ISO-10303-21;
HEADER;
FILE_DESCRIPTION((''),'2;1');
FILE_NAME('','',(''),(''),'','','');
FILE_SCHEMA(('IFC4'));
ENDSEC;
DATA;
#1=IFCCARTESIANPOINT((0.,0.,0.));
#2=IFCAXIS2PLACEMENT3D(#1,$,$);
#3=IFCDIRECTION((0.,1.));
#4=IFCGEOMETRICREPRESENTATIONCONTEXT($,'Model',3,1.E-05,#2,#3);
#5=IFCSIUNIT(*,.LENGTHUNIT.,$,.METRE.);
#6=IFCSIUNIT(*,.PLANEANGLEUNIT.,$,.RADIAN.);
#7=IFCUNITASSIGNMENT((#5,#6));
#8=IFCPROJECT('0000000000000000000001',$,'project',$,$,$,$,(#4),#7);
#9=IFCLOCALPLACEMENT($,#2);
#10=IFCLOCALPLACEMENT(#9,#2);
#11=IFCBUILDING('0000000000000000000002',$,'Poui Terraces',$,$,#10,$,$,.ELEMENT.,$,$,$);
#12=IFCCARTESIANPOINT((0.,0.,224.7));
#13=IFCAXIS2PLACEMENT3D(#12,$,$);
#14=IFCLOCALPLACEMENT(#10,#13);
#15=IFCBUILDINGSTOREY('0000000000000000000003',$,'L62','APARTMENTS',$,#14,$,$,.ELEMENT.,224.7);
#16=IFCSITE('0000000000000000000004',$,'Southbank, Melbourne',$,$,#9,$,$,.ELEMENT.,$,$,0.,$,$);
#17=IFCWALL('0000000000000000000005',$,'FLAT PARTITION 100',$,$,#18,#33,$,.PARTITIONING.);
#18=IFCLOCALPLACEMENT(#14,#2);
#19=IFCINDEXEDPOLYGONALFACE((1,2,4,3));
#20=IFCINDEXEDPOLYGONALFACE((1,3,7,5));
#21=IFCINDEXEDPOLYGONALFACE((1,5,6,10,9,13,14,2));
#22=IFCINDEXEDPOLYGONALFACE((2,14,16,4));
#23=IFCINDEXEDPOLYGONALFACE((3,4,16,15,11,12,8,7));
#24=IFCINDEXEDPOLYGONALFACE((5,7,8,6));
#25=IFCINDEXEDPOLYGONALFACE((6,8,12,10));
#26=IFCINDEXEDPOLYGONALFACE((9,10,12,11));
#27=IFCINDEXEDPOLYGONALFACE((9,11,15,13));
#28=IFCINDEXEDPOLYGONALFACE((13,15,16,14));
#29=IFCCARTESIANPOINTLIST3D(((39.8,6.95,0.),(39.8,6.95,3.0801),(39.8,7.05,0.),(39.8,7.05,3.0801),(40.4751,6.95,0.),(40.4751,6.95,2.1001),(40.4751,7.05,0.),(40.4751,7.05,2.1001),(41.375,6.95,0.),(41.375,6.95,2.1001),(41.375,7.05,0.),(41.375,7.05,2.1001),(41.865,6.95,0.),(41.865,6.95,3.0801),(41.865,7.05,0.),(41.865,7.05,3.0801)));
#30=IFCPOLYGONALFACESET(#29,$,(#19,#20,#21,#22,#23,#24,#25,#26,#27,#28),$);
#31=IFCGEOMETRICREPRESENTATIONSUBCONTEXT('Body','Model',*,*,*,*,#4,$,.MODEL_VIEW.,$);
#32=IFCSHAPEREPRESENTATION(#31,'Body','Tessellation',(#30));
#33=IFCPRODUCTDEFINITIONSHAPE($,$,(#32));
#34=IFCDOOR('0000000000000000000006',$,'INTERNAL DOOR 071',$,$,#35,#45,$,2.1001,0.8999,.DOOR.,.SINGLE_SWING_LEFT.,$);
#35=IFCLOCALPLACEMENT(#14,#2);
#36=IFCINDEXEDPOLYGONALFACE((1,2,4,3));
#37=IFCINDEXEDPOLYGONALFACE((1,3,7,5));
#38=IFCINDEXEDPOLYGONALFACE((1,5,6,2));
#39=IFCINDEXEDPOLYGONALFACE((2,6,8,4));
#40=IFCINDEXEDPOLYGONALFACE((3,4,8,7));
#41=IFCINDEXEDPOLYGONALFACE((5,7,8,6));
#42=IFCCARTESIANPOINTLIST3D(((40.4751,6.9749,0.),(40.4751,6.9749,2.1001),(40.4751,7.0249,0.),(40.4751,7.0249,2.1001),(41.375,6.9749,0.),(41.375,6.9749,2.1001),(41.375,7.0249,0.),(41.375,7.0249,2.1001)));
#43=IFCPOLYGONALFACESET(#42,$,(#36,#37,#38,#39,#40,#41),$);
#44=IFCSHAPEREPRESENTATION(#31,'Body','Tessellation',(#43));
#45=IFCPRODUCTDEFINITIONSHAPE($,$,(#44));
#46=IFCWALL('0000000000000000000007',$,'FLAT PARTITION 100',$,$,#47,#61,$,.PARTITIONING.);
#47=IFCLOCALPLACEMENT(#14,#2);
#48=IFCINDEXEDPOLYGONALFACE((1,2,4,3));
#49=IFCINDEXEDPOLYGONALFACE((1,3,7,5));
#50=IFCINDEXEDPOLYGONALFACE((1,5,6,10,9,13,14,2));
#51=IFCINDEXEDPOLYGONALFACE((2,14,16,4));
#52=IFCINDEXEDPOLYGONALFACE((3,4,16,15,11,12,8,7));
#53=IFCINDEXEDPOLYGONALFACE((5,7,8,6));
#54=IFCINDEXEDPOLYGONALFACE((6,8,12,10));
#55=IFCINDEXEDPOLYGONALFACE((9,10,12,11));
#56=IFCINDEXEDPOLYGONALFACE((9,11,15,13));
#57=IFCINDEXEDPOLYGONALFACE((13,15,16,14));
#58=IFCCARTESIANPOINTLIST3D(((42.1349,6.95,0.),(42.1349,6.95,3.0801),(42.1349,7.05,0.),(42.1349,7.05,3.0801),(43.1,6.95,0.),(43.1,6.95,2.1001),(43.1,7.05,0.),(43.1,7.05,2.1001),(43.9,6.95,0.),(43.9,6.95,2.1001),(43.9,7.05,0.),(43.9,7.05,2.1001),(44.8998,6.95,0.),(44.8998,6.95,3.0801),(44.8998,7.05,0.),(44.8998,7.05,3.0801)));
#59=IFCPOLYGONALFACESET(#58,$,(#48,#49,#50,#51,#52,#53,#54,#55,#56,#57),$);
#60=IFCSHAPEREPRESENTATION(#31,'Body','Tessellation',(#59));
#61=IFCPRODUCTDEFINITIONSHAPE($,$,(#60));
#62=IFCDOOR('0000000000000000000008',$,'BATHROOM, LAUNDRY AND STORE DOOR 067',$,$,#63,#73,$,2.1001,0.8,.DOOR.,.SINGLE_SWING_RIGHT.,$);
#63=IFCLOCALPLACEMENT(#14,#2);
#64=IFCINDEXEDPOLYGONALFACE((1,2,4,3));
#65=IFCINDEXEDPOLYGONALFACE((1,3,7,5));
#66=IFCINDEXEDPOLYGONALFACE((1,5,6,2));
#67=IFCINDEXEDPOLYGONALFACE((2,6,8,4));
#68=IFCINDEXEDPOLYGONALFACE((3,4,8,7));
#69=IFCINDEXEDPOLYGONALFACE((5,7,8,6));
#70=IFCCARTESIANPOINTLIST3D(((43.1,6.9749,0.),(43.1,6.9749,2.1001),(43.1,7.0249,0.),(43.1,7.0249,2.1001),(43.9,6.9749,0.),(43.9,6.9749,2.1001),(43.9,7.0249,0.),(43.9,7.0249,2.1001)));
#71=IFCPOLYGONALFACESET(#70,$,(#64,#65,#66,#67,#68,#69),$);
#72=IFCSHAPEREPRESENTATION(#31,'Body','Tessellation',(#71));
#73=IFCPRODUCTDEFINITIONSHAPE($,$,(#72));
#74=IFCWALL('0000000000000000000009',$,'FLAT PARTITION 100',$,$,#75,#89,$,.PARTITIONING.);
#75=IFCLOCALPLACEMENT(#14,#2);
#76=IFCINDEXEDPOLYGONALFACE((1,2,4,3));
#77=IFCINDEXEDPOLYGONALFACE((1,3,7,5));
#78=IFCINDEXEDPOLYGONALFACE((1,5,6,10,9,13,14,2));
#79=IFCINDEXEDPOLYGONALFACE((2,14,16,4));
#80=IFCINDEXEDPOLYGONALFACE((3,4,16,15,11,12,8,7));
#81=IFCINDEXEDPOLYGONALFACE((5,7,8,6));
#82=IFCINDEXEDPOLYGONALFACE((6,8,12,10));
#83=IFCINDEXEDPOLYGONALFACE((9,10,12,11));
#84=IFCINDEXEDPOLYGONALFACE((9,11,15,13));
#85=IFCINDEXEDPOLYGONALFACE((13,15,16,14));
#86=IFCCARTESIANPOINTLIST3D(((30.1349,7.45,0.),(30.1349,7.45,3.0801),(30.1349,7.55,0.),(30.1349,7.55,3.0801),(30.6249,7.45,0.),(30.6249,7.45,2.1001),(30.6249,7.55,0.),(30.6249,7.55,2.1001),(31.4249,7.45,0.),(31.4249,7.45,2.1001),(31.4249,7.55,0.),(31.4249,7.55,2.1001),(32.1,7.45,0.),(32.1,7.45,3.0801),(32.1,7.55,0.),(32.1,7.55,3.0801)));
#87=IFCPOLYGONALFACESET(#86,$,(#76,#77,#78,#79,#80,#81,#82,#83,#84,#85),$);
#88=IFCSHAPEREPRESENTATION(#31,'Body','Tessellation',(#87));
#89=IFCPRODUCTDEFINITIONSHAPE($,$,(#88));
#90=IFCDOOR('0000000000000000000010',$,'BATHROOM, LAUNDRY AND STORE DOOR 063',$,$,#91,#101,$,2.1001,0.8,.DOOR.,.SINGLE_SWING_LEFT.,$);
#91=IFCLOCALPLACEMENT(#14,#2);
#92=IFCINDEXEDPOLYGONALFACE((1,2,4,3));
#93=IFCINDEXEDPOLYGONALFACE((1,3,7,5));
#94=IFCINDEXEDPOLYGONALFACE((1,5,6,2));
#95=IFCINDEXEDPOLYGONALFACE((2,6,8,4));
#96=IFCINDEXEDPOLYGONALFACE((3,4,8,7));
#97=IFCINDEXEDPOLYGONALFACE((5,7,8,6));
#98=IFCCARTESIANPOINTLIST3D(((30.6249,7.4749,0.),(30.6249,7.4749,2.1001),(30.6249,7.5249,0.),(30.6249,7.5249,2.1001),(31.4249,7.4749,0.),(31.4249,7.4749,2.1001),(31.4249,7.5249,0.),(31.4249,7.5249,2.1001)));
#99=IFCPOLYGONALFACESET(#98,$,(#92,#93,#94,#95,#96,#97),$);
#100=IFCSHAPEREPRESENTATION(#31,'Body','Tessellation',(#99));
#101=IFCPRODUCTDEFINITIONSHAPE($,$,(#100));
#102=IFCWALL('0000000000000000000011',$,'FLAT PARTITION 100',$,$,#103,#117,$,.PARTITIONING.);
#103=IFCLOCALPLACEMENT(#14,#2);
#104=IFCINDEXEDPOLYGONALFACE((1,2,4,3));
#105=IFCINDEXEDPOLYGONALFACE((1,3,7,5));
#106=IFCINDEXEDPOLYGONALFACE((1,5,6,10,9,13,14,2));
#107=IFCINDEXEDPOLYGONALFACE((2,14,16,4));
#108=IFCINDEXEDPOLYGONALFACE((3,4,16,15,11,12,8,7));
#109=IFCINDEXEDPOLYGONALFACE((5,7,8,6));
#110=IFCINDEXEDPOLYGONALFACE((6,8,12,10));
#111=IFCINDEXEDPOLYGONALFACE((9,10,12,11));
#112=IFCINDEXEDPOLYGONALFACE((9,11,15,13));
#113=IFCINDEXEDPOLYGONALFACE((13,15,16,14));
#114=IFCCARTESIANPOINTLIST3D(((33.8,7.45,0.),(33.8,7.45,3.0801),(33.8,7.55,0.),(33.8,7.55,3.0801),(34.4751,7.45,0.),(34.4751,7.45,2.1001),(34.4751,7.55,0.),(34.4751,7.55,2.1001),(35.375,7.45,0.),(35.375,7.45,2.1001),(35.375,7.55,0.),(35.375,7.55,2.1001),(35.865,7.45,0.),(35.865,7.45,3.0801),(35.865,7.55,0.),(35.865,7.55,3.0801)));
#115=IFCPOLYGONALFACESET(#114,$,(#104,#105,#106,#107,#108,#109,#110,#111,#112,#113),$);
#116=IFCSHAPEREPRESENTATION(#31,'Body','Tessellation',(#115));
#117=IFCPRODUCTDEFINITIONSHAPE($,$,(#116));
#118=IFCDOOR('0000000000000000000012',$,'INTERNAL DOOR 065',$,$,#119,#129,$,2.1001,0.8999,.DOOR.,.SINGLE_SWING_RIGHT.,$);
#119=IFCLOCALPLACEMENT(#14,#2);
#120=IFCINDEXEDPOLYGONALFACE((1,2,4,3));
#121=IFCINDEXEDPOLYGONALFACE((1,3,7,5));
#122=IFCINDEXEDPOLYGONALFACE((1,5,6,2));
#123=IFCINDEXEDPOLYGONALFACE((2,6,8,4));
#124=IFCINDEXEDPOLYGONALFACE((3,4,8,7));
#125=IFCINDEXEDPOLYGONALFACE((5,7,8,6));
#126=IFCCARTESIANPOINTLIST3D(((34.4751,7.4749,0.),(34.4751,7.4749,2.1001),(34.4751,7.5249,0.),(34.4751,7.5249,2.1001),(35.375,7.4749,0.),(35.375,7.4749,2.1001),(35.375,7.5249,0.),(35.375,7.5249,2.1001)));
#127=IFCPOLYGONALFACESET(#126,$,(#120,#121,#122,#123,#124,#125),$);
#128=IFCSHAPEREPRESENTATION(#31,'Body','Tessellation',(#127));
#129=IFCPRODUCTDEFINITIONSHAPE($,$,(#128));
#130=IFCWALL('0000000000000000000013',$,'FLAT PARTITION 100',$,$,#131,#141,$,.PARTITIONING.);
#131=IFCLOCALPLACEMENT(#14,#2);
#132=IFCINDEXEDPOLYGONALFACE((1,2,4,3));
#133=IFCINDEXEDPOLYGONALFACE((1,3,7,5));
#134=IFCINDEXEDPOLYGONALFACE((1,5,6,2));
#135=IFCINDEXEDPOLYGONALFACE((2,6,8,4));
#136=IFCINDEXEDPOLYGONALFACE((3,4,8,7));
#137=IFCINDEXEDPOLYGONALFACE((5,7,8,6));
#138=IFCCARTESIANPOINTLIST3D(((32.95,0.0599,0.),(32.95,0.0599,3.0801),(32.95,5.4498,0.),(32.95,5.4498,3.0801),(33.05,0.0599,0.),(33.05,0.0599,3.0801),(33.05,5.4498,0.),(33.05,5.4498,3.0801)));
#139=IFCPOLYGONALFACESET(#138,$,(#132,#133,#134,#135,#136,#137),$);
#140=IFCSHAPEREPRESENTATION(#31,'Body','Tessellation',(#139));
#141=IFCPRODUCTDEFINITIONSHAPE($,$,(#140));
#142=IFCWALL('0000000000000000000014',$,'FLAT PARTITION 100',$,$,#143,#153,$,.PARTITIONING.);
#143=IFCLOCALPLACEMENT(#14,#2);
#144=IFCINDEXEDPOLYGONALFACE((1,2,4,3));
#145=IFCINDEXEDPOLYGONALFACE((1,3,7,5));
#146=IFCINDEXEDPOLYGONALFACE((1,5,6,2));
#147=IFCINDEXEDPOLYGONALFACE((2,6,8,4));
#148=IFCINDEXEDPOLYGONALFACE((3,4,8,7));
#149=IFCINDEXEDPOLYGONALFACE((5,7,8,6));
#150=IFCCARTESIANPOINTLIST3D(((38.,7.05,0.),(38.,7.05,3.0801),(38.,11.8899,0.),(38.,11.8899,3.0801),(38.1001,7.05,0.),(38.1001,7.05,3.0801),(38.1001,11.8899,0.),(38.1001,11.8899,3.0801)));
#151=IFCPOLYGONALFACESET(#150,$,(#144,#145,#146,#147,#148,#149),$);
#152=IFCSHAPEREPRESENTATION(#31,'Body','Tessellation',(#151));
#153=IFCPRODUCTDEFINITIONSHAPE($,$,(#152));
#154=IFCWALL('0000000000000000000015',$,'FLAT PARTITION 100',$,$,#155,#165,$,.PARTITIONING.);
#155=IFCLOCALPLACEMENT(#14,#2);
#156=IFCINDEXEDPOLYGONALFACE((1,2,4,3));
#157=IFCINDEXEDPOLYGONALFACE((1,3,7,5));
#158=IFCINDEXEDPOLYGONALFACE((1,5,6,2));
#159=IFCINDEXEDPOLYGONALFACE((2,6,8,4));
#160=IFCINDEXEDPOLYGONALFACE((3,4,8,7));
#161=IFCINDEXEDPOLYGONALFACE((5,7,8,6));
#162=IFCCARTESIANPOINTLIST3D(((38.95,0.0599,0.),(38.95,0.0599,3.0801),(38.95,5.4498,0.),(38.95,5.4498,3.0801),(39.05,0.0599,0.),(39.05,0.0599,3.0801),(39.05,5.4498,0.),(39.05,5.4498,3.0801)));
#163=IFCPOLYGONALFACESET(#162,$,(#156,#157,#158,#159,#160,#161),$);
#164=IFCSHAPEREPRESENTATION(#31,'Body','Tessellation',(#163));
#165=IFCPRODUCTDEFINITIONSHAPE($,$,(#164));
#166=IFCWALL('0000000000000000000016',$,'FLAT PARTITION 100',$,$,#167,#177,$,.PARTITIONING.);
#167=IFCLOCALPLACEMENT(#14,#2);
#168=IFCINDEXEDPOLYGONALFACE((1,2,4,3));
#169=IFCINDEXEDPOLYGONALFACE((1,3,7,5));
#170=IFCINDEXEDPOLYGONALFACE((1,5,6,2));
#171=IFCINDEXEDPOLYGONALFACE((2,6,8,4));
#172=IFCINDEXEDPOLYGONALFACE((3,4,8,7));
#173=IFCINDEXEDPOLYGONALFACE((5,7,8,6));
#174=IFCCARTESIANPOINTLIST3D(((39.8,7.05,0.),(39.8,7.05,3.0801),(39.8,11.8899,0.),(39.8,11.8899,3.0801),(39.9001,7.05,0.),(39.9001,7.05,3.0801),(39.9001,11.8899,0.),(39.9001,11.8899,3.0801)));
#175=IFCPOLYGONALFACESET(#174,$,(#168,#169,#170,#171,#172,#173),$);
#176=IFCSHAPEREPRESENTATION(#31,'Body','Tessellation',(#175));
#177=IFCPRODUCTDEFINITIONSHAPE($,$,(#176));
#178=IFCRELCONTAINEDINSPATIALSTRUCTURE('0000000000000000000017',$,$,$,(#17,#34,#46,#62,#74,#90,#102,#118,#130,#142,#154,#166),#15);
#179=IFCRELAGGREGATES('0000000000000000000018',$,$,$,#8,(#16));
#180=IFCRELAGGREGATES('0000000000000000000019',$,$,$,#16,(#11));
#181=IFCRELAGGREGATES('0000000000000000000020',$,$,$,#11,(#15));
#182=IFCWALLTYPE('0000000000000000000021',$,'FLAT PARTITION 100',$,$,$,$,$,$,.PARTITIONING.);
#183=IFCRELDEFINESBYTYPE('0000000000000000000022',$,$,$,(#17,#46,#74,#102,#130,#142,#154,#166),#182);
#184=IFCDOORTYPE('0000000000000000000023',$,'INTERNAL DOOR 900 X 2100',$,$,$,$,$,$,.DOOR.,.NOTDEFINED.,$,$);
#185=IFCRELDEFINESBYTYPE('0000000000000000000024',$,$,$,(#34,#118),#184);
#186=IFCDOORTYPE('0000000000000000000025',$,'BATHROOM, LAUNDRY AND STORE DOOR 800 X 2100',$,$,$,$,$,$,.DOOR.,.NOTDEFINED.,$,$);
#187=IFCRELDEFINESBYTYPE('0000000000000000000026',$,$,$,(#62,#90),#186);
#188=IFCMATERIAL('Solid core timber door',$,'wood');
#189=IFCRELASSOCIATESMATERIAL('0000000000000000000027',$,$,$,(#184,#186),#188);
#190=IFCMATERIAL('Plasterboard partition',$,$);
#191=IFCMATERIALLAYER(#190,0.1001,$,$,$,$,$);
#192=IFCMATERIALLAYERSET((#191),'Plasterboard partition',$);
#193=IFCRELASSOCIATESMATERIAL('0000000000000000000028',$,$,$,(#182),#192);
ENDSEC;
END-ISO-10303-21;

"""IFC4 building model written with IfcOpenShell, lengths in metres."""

from ifc_helpers import new_model, si_unit, direction, frame, frame_2d, origin, place, context, subcontext, project, spatial, rectangle, extrude, material, layer, layer_set, type_object, element, fill, save


model = new_model("IFC4")

# Units and contexts
model_context = context("Model", 3, precision=1e-05, world=origin(), true_north=direction((0.0, 1.0)))
body_context = subcontext(model_context, "Body", "Model", "MODEL_VIEW")
ifc_project = project(units=[si_unit("LENGTHUNIT", "METRE"), si_unit("PLANEANGLEUNIT", "RADIAN")], contexts=[model_context])

# Site, building, storey
site_placement = place(None, origin())
site = spatial("IfcSite", under=ifc_project, at=site_placement, Name="Southbank, Melbourne", CompositionType="ELEMENT", RefElevation=0.0)
building_placement = place(site_placement, origin())
building = spatial("IfcBuilding", under=site, at=building_placement, Name="Poui Terraces", CompositionType="ELEMENT")
storey_placement = place(building_placement, frame((0.0, 0.0, 224.7)))
storey = spatial("IfcBuildingStorey", under=building, at=storey_placement, Name="L62", Description="APARTMENTS", CompositionType="ELEMENT", Elevation=224.7)

# Walls, openings, doors
ifc_material_1 = material(Name="Solid core timber door", Category="wood")
door_type_1 = type_object("IfcDoorType", Name="INTERNAL DOOR 900 X 2100", OperationType="NOTDEFINED", PredefinedType="DOOR", material=ifc_material_1)
ifc_material_2 = material(Name="Plasterboard partition")
ifc_layer_1 = layer(ifc_material_2, 0.1001)
ifc_layer_set_1 = layer_set([ifc_layer_1], Name="Plasterboard partition")
wall_type_1 = type_object("IfcWallType", Name="FLAT PARTITION 100", PredefinedType="PARTITIONING", material=ifc_layer_set_1)
door_type_2 = type_object("IfcDoorType", Name="BATHROOM, LAUNDRY AND STORE DOOR 800 X 2100", OperationType="NOTDEFINED", PredefinedType="DOOR", material=ifc_material_1)
wall_1_placement = place(storey_placement, frame((39.8, 7.0, 0.0), z_axis=(0.0, 0.0, 1.0), x_axis=(1.0, 0.0, 0.0)))
wall_1 = element("IfcWall", 1, at=wall_1_placement, inside=storey, type_object=wall_type_1, Name="FLAT PARTITION 100", PredefinedType="PARTITIONING", context=body_context, shape_type="SweptSolid", body=[
    extrude(rectangle(XDim=2.0649, YDim=0.1001, at=frame_2d((1.0325, 0.0))), origin(), (0.0, 0.0, 1.0), 3.0801),
])
opening_1_placement = place(wall_1_placement, frame((0.675, 0.0, 0.0)))
opening_1 = element("IfcOpeningElement", 2, at=opening_1_placement, cuts=wall_1, PredefinedType="OPENING", context=body_context, shape_type="SweptSolid", body=[
    extrude(rectangle(XDim=0.8999, YDim=2.1001, at=frame_2d((0.45, 1.05))), frame((0.0, 0.0601, 0.0), z_axis=(0.0, -1.0, 0.0), x_axis=(1.0, 0.0, 0.0)), (0.0, 0.0, 1.0), 0.1201),
])
door_1_placement = place(opening_1_placement, origin())
door_1 = element("IfcDoor", 3, at=door_1_placement, inside=storey, type_object=door_type_1, Name="INTERNAL DOOR 071", OperationType="SINGLE_SWING_LEFT", OverallHeight=2.1001, OverallWidth=0.8999, PredefinedType="DOOR", context=body_context, shape_type="SweptSolid", body=[
    extrude(rectangle(XDim=0.8999, YDim=2.1001, at=frame_2d((0.45, 1.05))), frame((0.0, 0.0249, 0.0), z_axis=(0.0, -1.0, 0.0), x_axis=(1.0, 0.0, 0.0)), (0.0, 0.0, 1.0), 0.05),
])
fill(opening_1, door_1)
wall_2_placement = place(storey_placement, frame((42.135, 7.0, 0.0), z_axis=(0.0, 0.0, 1.0), x_axis=(1.0, 0.0, 0.0)))
wall_2 = element("IfcWall", 4, at=wall_2_placement, inside=storey, type_object=wall_type_1, Name="FLAT PARTITION 100", PredefinedType="PARTITIONING", context=body_context, shape_type="SweptSolid", body=[
    extrude(rectangle(XDim=2.7649, YDim=0.1001, at=frame_2d((1.3823, 0.0))), origin(), (0.0, 0.0, 1.0), 3.0801),
])
opening_2_placement = place(wall_2_placement, frame((0.9651, 0.0, 0.0)))
opening_2 = element("IfcOpeningElement", 5, at=opening_2_placement, cuts=wall_2, PredefinedType="OPENING", context=body_context, shape_type="SweptSolid", body=[
    extrude(rectangle(XDim=0.8, YDim=2.1001, at=frame_2d((0.3999, 1.05))), frame((0.0, 0.0601, 0.0), z_axis=(0.0, -1.0, 0.0), x_axis=(1.0, 0.0, 0.0)), (0.0, 0.0, 1.0), 0.1201),
])
door_2_placement = place(opening_2_placement, origin())
door_2 = element("IfcDoor", 6, at=door_2_placement, inside=storey, type_object=door_type_2, Name="BATHROOM, LAUNDRY AND STORE DOOR 067", OperationType="SINGLE_SWING_RIGHT", OverallHeight=2.1001, OverallWidth=0.8, PredefinedType="DOOR", context=body_context, shape_type="SweptSolid", body=[
    extrude(rectangle(XDim=0.8, YDim=2.1001, at=frame_2d((0.3999, 1.05))), frame((0.0, 0.0249, 0.0), z_axis=(0.0, -1.0, 0.0), x_axis=(1.0, 0.0, 0.0)), (0.0, 0.0, 1.0), 0.05),
])
fill(opening_2, door_2)
wall_3_placement = place(storey_placement, frame((30.135, 7.5, 0.0), z_axis=(0.0, 0.0, 1.0), x_axis=(1.0, 0.0, 0.0)))
wall_3 = element("IfcWall", 7, at=wall_3_placement, inside=storey, type_object=wall_type_1, Name="FLAT PARTITION 100", PredefinedType="PARTITIONING", context=body_context, shape_type="SweptSolid", body=[
    extrude(rectangle(XDim=1.9651, YDim=0.1001, at=frame_2d((0.9824, 0.0))), origin(), (0.0, 0.0, 1.0), 3.0801),
])
opening_3_placement = place(wall_3_placement, frame((0.49, 0.0, 0.0)))
opening_3 = element("IfcOpeningElement", 8, at=opening_3_placement, cuts=wall_3, PredefinedType="OPENING", context=body_context, shape_type="SweptSolid", body=[
    extrude(rectangle(XDim=0.8, YDim=2.1001, at=frame_2d((0.3999, 1.05))), frame((0.0, 0.0601, 0.0), z_axis=(0.0, -1.0, 0.0), x_axis=(1.0, 0.0, 0.0)), (0.0, 0.0, 1.0), 0.1201),
])
door_3_placement = place(opening_3_placement, origin())
door_3 = element("IfcDoor", 9, at=door_3_placement, inside=storey, type_object=door_type_2, Name="BATHROOM, LAUNDRY AND STORE DOOR 063", OperationType="SINGLE_SWING_LEFT", OverallHeight=2.1001, OverallWidth=0.8, PredefinedType="DOOR", context=body_context, shape_type="SweptSolid", body=[
    extrude(rectangle(XDim=0.8, YDim=2.1001, at=frame_2d((0.3999, 1.05))), frame((0.0, 0.0249, 0.0), z_axis=(0.0, -1.0, 0.0), x_axis=(1.0, 0.0, 0.0)), (0.0, 0.0, 1.0), 0.05),
])
fill(opening_3, door_3)
wall_4_placement = place(storey_placement, frame((33.8, 7.5, 0.0), z_axis=(0.0, 0.0, 1.0), x_axis=(1.0, 0.0, 0.0)))
wall_4 = element("IfcWall", 10, at=wall_4_placement, inside=storey, type_object=wall_type_1, Name="FLAT PARTITION 100", PredefinedType="PARTITIONING", context=body_context, shape_type="SweptSolid", body=[
    extrude(rectangle(XDim=2.0649, YDim=0.1001, at=frame_2d((1.0325, 0.0))), origin(), (0.0, 0.0, 1.0), 3.0801),
])
opening_4_placement = place(wall_4_placement, frame((0.675, 0.0, 0.0)))
opening_4 = element("IfcOpeningElement", 11, at=opening_4_placement, cuts=wall_4, PredefinedType="OPENING", context=body_context, shape_type="SweptSolid", body=[
    extrude(rectangle(XDim=0.8999, YDim=2.1001, at=frame_2d((0.45, 1.05))), frame((0.0, 0.0601, 0.0), z_axis=(0.0, -1.0, 0.0), x_axis=(1.0, 0.0, 0.0)), (0.0, 0.0, 1.0), 0.1201),
])
door_4_placement = place(opening_4_placement, origin())
door_4 = element("IfcDoor", 12, at=door_4_placement, inside=storey, type_object=door_type_1, Name="INTERNAL DOOR 065", OperationType="SINGLE_SWING_RIGHT", OverallHeight=2.1001, OverallWidth=0.8999, PredefinedType="DOOR", context=body_context, shape_type="SweptSolid", body=[
    extrude(rectangle(XDim=0.8999, YDim=2.1001, at=frame_2d((0.45, 1.05))), frame((0.0, 0.0249, 0.0), z_axis=(0.0, -1.0, 0.0), x_axis=(1.0, 0.0, 0.0)), (0.0, 0.0, 1.0), 0.05),
])
fill(opening_4, door_4)

# Walls
wall_5_placement = place(storey_placement, frame((33.0, 0.0601, 0.0), z_axis=(0.0, 0.0, 1.0), x_axis=(0.0, 1.0, 0.0)))
element("IfcWall", 13, at=wall_5_placement, inside=storey, type_object=wall_type_1, Name="FLAT PARTITION 100", PredefinedType="PARTITIONING", context=body_context, shape_type="SweptSolid", body=[
    extrude(rectangle(XDim=5.3899, YDim=0.1001, at=frame_2d((2.6948, 0.0))), origin(), (0.0, 0.0, 1.0), 3.0801),
])
wall_6_placement = place(storey_placement, frame((38.05, 7.05, 0.0), z_axis=(0.0, 0.0, 1.0), x_axis=(0.0, 1.0, 0.0)))
element("IfcWall", 14, at=wall_6_placement, inside=storey, type_object=wall_type_1, Name="FLAT PARTITION 100", PredefinedType="PARTITIONING", context=body_context, shape_type="SweptSolid", body=[
    extrude(rectangle(XDim=4.8398, YDim=0.1001, at=frame_2d((2.4199, 0.0))), origin(), (0.0, 0.0, 1.0), 3.0801),
])
wall_7_placement = place(storey_placement, frame((39.0, 0.0601, 0.0), z_axis=(0.0, 0.0, 1.0), x_axis=(0.0, 1.0, 0.0)))
element("IfcWall", 15, at=wall_7_placement, inside=storey, type_object=wall_type_1, Name="FLAT PARTITION 100", PredefinedType="PARTITIONING", context=body_context, shape_type="SweptSolid", body=[
    extrude(rectangle(XDim=5.3899, YDim=0.1001, at=frame_2d((2.6948, 0.0))), origin(), (0.0, 0.0, 1.0), 3.0801),
])
wall_8_placement = place(storey_placement, frame((39.8501, 7.05, 0.0), z_axis=(0.0, 0.0, 1.0), x_axis=(0.0, 1.0, 0.0)))
element("IfcWall", 16, at=wall_8_placement, inside=storey, type_object=wall_type_1, Name="FLAT PARTITION 100", PredefinedType="PARTITIONING", context=body_context, shape_type="SweptSolid", body=[
    extrude(rectangle(XDim=4.8398, YDim=0.1001, at=frame_2d((2.4199, 0.0))), origin(), (0.0, 0.0, 1.0), 3.0801),
])

save(model, "model.ifc")
